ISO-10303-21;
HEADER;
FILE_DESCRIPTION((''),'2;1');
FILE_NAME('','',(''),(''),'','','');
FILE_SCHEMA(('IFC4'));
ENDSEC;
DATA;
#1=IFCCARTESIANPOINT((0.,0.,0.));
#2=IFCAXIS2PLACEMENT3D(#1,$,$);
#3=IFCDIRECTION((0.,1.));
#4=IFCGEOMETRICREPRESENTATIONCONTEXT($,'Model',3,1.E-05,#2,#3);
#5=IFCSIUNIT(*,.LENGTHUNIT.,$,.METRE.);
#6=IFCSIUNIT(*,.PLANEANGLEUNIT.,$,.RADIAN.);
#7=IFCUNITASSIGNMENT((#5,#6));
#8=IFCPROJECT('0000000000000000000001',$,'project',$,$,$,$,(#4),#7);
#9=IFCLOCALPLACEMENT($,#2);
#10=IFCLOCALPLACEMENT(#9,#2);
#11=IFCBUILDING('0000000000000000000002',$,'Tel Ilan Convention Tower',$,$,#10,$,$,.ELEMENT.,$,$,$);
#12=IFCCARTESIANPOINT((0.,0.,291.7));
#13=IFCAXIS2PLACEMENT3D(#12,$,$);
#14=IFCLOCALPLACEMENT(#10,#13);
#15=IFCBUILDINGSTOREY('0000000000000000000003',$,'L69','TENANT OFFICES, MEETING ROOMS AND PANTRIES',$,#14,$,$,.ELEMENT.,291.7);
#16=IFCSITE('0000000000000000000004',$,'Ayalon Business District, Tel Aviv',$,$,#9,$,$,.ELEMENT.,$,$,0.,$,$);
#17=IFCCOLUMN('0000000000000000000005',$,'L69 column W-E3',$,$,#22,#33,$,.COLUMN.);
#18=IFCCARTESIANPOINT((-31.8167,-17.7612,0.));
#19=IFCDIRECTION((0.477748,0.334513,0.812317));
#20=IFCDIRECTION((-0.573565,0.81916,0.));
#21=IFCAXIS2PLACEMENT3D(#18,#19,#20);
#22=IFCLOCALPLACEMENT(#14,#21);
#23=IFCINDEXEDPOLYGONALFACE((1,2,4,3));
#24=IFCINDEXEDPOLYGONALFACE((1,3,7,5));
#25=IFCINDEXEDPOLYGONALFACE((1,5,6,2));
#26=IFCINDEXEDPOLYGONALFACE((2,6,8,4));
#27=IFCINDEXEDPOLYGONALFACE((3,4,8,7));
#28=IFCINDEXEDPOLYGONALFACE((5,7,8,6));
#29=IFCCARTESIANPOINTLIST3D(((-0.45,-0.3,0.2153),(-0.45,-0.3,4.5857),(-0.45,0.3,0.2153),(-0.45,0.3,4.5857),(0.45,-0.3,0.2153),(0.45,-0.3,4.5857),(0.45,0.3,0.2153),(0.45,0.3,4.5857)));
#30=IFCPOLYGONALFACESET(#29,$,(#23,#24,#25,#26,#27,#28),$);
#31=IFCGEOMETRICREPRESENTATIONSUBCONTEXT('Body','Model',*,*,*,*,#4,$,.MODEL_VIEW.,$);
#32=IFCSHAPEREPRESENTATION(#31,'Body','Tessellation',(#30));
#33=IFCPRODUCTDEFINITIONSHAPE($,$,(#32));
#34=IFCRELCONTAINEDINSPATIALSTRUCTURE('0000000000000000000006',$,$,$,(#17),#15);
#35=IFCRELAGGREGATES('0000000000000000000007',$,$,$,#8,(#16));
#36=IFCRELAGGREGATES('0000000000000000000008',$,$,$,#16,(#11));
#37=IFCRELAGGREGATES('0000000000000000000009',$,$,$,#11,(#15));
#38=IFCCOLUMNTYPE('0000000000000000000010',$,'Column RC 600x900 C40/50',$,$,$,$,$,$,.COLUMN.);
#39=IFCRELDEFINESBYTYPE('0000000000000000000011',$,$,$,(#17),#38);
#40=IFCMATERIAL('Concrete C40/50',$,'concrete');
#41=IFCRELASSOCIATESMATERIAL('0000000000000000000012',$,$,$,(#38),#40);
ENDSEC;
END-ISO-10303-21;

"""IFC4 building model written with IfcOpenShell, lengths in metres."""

from ifc_helpers import new_model, si_unit, direction, frame, origin, origin_2d, place, context, subcontext, project, spatial, rectangle, extrude, clip, halfspace, material, material_profile, profile_set, type_object, element, save


model = new_model("IFC4")

# Units and contexts
model_context = context("Model", 3, precision=1e-05, world=origin(), true_north=direction((0.0, 1.0)))
body_context = subcontext(model_context, "Body", "Model", "MODEL_VIEW")
ifc_project = project(units=[si_unit("LENGTHUNIT", "METRE"), si_unit("PLANEANGLEUNIT", "RADIAN")], contexts=[model_context])

# Site, building, storey
site_placement = place(None, origin())
site = spatial("IfcSite", under=ifc_project, at=site_placement, Name="Ayalon Business District, Tel Aviv", CompositionType="ELEMENT", RefElevation=0.0)
building_placement = place(site_placement, origin())
building = spatial("IfcBuilding", under=site, at=building_placement, Name="Tel Ilan Convention Tower", CompositionType="ELEMENT")
storey_placement = place(building_placement, frame((0.0, 0.0, 291.7)))
storey = spatial("IfcBuildingStorey", under=building, at=storey_placement, Name="L69", Description="TENANT OFFICES, MEETING ROOMS AND PANTRIES", CompositionType="ELEMENT", Elevation=291.7)

# Column
ifc_material_1 = material(Name="Concrete C40/50", Category="concrete")
ifc_material_profile_1 = material_profile(ifc_material_1, rectangle(XDim=0.8999, YDim=0.6001, at=origin_2d()), Name="RC 600x900")
ifc_profile_set_1 = profile_set([ifc_material_profile_1], Name="Concrete C40/50")
column_type = type_object("IfcColumnType", Name="Column RC 600x900 C40/50", PredefinedType="COLUMN", material=ifc_profile_set_1)
column_placement = place(storey_placement, frame((-31.8167, -17.7612, 0.0), z_axis=(0.477748, 0.334513, 0.812317), x_axis=(-0.573565, 0.81916, 0.0)))
element("IfcColumn", 1, at=column_placement, inside=storey, type_object=column_type, Name="L69 column W-E3", PredefinedType="COLUMN", context=body_context, shape_type="Clipping", body=[
    clip(clip(extrude(rectangle(XDim=0.8999, YDim=0.6001, at=origin_2d()), origin(), (0.0, 0.0, 1.0), 4.801), halfspace(frame((0.0, 0.0, 0.2153), z_axis=(0.0, 0.0, 1.0), x_axis=(1.0, 0.0, 0.0)), True)), halfspace(frame((0.0, 0.0, 4.5857), z_axis=(0.0, 0.0, 1.0), x_axis=(1.0, 0.0, 0.0)), False)),
])

save(model, "model.ifc")
